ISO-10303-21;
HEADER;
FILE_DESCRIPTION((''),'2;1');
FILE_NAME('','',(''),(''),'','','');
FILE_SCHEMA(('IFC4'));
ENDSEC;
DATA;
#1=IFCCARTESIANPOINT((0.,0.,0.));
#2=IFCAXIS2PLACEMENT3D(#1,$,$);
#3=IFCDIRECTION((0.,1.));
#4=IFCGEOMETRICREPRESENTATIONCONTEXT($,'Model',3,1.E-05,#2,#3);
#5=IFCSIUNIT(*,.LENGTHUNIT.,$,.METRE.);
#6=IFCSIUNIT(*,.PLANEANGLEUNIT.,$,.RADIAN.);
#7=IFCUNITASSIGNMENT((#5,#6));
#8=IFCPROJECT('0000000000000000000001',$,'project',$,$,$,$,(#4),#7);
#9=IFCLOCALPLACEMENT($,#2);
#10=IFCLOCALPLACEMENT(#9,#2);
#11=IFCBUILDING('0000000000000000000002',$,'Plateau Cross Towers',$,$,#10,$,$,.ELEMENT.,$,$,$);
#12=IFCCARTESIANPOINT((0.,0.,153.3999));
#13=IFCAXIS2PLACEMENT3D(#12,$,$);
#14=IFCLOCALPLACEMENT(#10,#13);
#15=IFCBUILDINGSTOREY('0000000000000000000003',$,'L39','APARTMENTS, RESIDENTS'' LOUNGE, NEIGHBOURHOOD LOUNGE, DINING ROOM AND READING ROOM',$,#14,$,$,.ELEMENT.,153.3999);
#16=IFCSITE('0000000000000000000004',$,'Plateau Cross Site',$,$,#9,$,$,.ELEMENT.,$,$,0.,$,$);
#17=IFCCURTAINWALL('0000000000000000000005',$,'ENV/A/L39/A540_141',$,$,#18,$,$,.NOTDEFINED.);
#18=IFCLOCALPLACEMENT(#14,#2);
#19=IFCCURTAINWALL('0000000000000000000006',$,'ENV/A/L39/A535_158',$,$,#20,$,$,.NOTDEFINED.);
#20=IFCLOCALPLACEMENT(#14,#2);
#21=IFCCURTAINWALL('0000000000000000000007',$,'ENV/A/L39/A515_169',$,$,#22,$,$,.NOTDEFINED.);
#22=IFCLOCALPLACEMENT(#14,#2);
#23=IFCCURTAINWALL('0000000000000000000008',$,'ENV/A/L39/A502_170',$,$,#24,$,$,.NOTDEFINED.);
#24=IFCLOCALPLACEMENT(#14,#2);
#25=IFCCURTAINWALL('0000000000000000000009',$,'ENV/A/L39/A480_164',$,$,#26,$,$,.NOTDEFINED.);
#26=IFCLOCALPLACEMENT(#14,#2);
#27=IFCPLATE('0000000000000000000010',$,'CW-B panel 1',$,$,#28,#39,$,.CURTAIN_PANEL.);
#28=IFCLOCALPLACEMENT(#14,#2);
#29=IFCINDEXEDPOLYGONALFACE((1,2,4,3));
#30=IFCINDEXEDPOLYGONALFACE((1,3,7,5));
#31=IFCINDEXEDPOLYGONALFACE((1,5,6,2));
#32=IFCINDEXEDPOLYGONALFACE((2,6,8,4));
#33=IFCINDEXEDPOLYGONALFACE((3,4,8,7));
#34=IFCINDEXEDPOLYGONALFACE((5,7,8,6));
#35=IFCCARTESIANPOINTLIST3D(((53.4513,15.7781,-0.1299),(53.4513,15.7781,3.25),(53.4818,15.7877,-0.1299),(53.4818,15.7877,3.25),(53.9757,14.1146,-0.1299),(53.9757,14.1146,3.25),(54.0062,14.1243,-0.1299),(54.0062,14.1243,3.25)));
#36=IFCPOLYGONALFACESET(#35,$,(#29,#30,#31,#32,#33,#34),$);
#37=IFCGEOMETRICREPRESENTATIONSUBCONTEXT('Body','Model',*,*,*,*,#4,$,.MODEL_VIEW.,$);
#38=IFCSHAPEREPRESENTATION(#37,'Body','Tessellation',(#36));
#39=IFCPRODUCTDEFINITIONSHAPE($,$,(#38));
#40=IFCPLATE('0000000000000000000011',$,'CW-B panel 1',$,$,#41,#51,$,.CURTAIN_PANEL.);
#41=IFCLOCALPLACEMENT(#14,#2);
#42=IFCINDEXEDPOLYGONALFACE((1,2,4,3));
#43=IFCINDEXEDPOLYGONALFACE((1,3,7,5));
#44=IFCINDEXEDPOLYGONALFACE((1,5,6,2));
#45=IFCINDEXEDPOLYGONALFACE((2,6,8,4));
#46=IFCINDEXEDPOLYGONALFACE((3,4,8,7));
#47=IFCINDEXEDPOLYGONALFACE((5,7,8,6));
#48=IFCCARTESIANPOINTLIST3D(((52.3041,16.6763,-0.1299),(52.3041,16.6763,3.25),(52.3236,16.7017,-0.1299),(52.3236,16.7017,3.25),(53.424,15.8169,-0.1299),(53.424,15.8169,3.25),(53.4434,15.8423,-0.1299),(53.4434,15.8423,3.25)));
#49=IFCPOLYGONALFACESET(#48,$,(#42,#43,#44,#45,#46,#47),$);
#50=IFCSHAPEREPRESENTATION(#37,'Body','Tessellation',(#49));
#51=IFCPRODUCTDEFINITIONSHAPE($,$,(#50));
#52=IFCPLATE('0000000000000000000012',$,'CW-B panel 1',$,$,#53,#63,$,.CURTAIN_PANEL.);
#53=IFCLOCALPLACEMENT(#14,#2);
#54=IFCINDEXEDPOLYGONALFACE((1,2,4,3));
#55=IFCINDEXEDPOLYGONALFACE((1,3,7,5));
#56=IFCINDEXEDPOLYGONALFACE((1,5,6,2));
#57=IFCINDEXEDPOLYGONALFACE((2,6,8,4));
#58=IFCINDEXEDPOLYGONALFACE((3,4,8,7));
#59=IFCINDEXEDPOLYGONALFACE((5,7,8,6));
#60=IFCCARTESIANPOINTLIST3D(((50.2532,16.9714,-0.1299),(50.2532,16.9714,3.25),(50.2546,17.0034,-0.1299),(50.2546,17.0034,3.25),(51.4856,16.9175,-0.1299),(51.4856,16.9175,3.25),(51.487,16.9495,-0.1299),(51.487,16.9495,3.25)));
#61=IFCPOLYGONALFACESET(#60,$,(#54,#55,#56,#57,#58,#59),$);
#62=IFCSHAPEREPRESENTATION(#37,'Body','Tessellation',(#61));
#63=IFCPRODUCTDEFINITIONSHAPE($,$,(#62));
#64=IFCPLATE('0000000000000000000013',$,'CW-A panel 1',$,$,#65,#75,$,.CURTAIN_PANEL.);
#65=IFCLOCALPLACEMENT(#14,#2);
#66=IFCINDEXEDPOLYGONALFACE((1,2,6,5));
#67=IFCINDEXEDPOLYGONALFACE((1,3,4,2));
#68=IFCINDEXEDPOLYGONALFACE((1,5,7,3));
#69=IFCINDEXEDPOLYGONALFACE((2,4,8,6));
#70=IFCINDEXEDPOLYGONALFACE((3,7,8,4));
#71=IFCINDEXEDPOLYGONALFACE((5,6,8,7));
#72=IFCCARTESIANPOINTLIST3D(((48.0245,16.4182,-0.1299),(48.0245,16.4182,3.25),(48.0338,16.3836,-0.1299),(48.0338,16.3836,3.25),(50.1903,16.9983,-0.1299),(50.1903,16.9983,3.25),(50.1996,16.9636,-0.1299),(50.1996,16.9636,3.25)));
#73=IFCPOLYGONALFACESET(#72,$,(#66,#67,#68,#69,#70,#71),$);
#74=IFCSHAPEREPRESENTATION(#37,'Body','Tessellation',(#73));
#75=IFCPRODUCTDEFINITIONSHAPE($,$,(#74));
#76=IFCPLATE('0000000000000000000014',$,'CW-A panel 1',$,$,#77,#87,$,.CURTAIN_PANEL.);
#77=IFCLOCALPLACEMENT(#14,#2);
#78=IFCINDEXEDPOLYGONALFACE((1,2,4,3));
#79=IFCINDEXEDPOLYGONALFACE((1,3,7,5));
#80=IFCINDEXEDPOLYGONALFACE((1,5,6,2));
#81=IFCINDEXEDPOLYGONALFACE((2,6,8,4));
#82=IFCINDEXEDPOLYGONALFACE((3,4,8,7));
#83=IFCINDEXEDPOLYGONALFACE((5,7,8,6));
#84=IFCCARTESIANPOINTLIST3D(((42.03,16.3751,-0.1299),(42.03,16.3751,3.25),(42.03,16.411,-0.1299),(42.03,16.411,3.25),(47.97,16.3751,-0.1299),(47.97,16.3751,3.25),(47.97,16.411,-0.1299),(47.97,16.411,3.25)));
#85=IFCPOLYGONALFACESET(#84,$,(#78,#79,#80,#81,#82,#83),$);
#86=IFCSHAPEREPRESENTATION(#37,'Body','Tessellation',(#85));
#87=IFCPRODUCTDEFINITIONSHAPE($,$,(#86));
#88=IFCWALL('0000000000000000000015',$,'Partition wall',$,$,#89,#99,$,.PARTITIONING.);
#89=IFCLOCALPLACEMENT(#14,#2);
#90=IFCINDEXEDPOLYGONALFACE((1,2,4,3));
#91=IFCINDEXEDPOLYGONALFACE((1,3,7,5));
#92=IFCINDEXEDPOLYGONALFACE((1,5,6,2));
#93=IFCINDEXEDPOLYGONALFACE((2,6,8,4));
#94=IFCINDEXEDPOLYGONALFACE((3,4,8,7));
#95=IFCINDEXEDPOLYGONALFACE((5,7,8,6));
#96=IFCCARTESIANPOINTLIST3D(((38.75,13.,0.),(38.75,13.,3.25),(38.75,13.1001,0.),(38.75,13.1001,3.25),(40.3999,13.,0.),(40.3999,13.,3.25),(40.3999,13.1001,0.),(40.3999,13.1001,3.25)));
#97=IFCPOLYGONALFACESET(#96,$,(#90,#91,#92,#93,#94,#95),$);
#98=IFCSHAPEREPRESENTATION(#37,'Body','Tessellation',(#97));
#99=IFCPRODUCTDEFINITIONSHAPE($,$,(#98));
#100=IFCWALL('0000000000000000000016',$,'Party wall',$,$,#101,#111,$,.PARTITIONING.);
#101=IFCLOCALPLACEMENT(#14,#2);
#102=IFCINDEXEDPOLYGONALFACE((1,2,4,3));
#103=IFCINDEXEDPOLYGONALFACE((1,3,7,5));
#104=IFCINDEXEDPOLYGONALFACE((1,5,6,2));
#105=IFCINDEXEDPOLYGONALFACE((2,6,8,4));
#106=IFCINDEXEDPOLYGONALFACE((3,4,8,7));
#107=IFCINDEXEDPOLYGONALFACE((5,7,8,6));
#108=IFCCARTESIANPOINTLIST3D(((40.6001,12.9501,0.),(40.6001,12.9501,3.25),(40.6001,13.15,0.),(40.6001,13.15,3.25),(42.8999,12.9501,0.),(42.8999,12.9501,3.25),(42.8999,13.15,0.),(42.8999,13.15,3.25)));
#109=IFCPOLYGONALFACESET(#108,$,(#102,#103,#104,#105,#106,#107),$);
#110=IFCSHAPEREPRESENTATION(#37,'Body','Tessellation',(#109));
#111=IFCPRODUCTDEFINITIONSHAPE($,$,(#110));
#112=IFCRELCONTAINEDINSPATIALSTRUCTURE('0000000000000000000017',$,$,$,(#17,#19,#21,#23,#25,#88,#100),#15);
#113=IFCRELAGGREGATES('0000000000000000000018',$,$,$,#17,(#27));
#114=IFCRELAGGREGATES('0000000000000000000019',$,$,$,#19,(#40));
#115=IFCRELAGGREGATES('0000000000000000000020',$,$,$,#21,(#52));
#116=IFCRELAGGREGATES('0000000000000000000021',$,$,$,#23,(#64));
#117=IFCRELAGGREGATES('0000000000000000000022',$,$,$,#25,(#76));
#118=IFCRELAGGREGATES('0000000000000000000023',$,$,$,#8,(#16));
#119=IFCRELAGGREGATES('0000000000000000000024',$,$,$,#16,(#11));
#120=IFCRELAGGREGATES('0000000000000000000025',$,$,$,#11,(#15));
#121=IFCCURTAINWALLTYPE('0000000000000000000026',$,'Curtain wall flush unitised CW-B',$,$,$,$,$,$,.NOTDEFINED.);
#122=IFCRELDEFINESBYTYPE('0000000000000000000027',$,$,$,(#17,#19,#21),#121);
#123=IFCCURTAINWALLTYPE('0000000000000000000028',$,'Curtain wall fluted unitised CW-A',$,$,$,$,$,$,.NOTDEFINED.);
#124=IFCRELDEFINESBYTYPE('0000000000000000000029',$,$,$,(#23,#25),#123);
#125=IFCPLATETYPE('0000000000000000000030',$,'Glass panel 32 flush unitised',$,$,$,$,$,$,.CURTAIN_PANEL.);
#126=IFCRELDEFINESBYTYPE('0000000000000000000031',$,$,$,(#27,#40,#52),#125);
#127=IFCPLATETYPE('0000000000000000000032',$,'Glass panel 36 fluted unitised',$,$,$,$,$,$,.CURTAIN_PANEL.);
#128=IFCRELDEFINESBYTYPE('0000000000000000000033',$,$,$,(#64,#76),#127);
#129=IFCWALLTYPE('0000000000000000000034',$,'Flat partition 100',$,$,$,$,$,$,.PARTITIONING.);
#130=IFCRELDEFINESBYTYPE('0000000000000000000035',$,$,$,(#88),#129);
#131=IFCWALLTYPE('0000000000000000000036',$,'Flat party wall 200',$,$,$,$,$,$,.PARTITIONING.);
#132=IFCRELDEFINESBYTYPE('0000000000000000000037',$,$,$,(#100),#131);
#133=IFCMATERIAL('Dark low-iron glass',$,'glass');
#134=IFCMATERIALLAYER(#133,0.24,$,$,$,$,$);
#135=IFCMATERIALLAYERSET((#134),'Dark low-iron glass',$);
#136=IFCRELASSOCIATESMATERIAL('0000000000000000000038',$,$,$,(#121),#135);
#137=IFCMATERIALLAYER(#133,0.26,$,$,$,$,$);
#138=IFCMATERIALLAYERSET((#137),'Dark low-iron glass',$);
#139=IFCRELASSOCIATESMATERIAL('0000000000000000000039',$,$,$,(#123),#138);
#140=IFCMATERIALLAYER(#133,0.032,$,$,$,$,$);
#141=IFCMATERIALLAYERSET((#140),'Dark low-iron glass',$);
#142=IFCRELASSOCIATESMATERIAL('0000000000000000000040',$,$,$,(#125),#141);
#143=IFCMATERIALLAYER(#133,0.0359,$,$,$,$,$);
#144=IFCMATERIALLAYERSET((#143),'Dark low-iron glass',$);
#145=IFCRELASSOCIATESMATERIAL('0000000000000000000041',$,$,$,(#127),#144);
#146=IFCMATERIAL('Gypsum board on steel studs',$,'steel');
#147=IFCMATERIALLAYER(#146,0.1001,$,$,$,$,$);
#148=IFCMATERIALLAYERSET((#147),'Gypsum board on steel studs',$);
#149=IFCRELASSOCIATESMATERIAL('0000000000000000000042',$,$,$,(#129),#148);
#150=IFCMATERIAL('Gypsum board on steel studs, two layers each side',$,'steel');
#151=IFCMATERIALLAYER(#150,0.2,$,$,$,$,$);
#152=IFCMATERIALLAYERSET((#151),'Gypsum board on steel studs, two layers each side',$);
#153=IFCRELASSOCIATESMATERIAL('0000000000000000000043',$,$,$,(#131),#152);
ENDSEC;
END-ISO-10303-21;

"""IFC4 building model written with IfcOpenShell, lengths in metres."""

from ifc_helpers import new_model, si_unit, direction, frame, frame_2d, origin, origin_2d, place, context, subcontext, project, spatial, rectangle, extrude, material, layer, layer_set, type_object, element, aggregate, save


model = new_model("IFC4")

# Units and contexts
model_context = context("Model", 3, precision=1e-05, world=origin(), true_north=direction((0.0, 1.0)))
body_context = subcontext(model_context, "Body", "Model", "MODEL_VIEW")
ifc_project = project(units=[si_unit("LENGTHUNIT", "METRE"), si_unit("PLANEANGLEUNIT", "RADIAN")], contexts=[model_context])

# Site, building, storey
site_placement = place(None, origin())
site = spatial("IfcSite", under=ifc_project, at=site_placement, Name="Plateau Cross Site", CompositionType="ELEMENT", RefElevation=0.0)
building_placement = place(site_placement, origin())
building = spatial("IfcBuilding", under=site, at=building_placement, Name="Plateau Cross Towers", CompositionType="ELEMENT")
storey_placement = place(building_placement, frame((0.0, 0.0, 153.3999)))
storey = spatial("IfcBuildingStorey", under=building, at=storey_placement, Name="L39", Description="APARTMENTS, RESIDENTS' LOUNGE, NEIGHBOURHOOD LOUNGE, DINING ROOM AND READING ROOM", CompositionType="ELEMENT", Elevation=153.3999)

# Curtain wall
ifc_material_1 = material(Name="Dark low-iron glass", Category="glass")
ifc_layer_1 = layer(ifc_material_1, 0.24)
ifc_layer_set_1 = layer_set([ifc_layer_1], Name="Dark low-iron glass")
curtain_wall_type_1 = type_object("IfcCurtainWallType", Name="Curtain wall flush unitised CW-B", PredefinedType="NOTDEFINED", material=ifc_layer_set_1)
curtain_wall_1_placement = place(storey_placement, origin())
curtain_wall_1 = element("IfcCurtainWall", 1, at=curtain_wall_1_placement, inside=storey, type_object=curtain_wall_type_1, Name="ENV/A/L39/A540_141", PredefinedType="NOTDEFINED")

# Curtain wall
curtain_wall_2_placement = place(storey_placement, origin())
curtain_wall_2 = element("IfcCurtainWall", 2, at=curtain_wall_2_placement, inside=storey, type_object=curtain_wall_type_1, Name="ENV/A/L39/A535_158", PredefinedType="NOTDEFINED")

# Curtain walls
curtain_wall_3_placement = place(storey_placement, origin())
curtain_wall_3 = element("IfcCurtainWall", 3, at=curtain_wall_3_placement, inside=storey, type_object=curtain_wall_type_1, Name="ENV/A/L39/A515_169", PredefinedType="NOTDEFINED")
ifc_layer_2 = layer(ifc_material_1, 0.26)
ifc_layer_set_2 = layer_set([ifc_layer_2], Name="Dark low-iron glass")
curtain_wall_type_2 = type_object("IfcCurtainWallType", Name="Curtain wall fluted unitised CW-A", PredefinedType="NOTDEFINED", material=ifc_layer_set_2)
curtain_wall_4_placement = place(storey_placement, origin())
curtain_wall_4 = element("IfcCurtainWall", 4, at=curtain_wall_4_placement, inside=storey, type_object=curtain_wall_type_2, Name="ENV/A/L39/A502_170", PredefinedType="NOTDEFINED")
curtain_wall_5_placement = place(storey_placement, origin())
curtain_wall_5 = element("IfcCurtainWall", 5, at=curtain_wall_5_placement, inside=storey, type_object=curtain_wall_type_2, Name="ENV/A/L39/A480_164", PredefinedType="NOTDEFINED")

# Plates
ifc_layer_3 = layer(ifc_material_1, 0.032)
ifc_layer_set_3 = layer_set([ifc_layer_3], Name="Dark low-iron glass")
plate_type_1 = type_object("IfcPlateType", Name="Glass panel 32 flush unitised", PredefinedType="CURTAIN_PANEL", material=ifc_layer_set_3)
plate_1_placement = place(storey_placement, frame((53.7288, 14.9512, -0.1299), z_axis=(0.0, 0.0, 1.0), x_axis=(-0.300686, 0.953723, 0.0)))
plate_1 = element("IfcPlate", 6, at=plate_1_placement, type_object=plate_type_1, Name="CW-B panel 1", PredefinedType="CURTAIN_PANEL", context=body_context, shape_type="SweptSolid", body=[
    extrude(rectangle(XDim=1.7441, YDim=0.032, at=origin_2d()), origin(), (0.0, 0.0, 1.0), 3.3799),
])
aggregate(curtain_wall_1, [plate_1])
plate_2_placement = place(storey_placement, frame((52.8738, 16.2593, -0.1299), z_axis=(0.0, 0.0, 1.0), x_axis=(-0.793316, 0.608811, 0.0)))
plate_2 = element("IfcPlate", 7, at=plate_2_placement, type_object=plate_type_1, Name="CW-B panel 1", PredefinedType="CURTAIN_PANEL", context=body_context, shape_type="SweptSolid", body=[
    extrude(rectangle(XDim=1.4116, YDim=0.032, at=origin_2d()), origin(), (0.0, 0.0, 1.0), 3.3799),
])
aggregate(curtain_wall_2, [plate_2])
plate_3_placement = place(storey_placement, frame((50.8701, 16.9604, -0.1299), z_axis=(0.0, 0.0, 1.0), x_axis=(-0.999044, 0.043723, 0.0)))
plate_3 = element("IfcPlate", 8, at=plate_3_placement, type_object=plate_type_1, Name="CW-B panel 1", PredefinedType="CURTAIN_PANEL", context=body_context, shape_type="SweptSolid", body=[
    extrude(rectangle(XDim=1.2336, YDim=0.032, at=origin_2d()), origin(), (0.0, 0.0, 1.0), 3.3799),
])
aggregate(curtain_wall_3, [plate_3])
ifc_layer_4 = layer(ifc_material_1, 0.0359)
ifc_layer_set_4 = layer_set([ifc_layer_4], Name="Dark low-iron glass")
plate_type_2 = type_object("IfcPlateType", Name="Glass panel 36 fluted unitised", PredefinedType="CURTAIN_PANEL", material=ifc_layer_set_4)
plate_4_placement = place(storey_placement, frame((49.1121, 16.6909, -0.1299), z_axis=(0.0, 0.0, 1.0), x_axis=(-0.965958, -0.258699, 0.0)))
plate_4 = element("IfcPlate", 9, at=plate_4_placement, type_object=plate_type_2, Name="CW-A panel 1", PredefinedType="CURTAIN_PANEL", context=body_context, shape_type="SweptSolid", body=[
    extrude(rectangle(XDim=2.2422, YDim=0.0359, at=origin_2d()), origin(), (0.0, 0.0, 1.0), 3.3799),
])
aggregate(curtain_wall_4, [plate_4])
plate_5_placement = place(storey_placement, frame((45.0, 16.3931, -0.1299), z_axis=(0.0, 0.0, 1.0), x_axis=(-1.0, 0.0, 0.0)))
plate_5 = element("IfcPlate", 10, at=plate_5_placement, type_object=plate_type_2, Name="CW-A panel 1", PredefinedType="CURTAIN_PANEL", context=body_context, shape_type="SweptSolid", body=[
    extrude(rectangle(XDim=5.9399, YDim=0.0359, at=origin_2d()), origin(), (0.0, 0.0, 1.0), 3.3799),
])
aggregate(curtain_wall_5, [plate_5])

# Walls
ifc_material_2 = material(Name="Gypsum board on steel studs", Category="steel")
ifc_layer_5 = layer(ifc_material_2, 0.1001)
ifc_layer_set_5 = layer_set([ifc_layer_5], Name="Gypsum board on steel studs")
wall_type_1 = type_object("IfcWallType", Name="Flat partition 100", PredefinedType="PARTITIONING", material=ifc_layer_set_5)
wall_1_placement = place(storey_placement, frame((40.3999, 13.05, 0.0), z_axis=(0.0, 0.0, 1.0), x_axis=(-1.0, 0.0, 0.0)))
element("IfcWall", 11, at=wall_1_placement, inside=storey, type_object=wall_type_1, Name="Partition wall", PredefinedType="PARTITIONING", context=body_context, shape_type="SweptSolid", body=[
    extrude(rectangle(XDim=1.6499, YDim=0.1001, at=frame_2d((0.825, 0.0))), origin(), (0.0, 0.0, 1.0), 3.25),
])
ifc_material_3 = material(Name="Gypsum board on steel studs, two layers each side", Category="steel")
ifc_layer_6 = layer(ifc_material_3, 0.2)
ifc_layer_set_6 = layer_set([ifc_layer_6], Name="Gypsum board on steel studs, two layers each side")
wall_type_2 = type_object("IfcWallType", Name="Flat party wall 200", PredefinedType="PARTITIONING", material=ifc_layer_set_6)
wall_2_placement = place(storey_placement, frame((42.8999, 13.05, 0.0), z_axis=(0.0, 0.0, 1.0), x_axis=(-1.0, 0.0, 0.0)))
element("IfcWall", 12, at=wall_2_placement, inside=storey, type_object=wall_type_2, Name="Party wall", PredefinedType="PARTITIONING", context=body_context, shape_type="SweptSolid", body=[
    extrude(rectangle(XDim=2.2998, YDim=0.2, at=frame_2d((1.1499, 0.0))), origin(), (0.0, 0.0, 1.0), 3.25),
])

save(model, "model.ifc")
